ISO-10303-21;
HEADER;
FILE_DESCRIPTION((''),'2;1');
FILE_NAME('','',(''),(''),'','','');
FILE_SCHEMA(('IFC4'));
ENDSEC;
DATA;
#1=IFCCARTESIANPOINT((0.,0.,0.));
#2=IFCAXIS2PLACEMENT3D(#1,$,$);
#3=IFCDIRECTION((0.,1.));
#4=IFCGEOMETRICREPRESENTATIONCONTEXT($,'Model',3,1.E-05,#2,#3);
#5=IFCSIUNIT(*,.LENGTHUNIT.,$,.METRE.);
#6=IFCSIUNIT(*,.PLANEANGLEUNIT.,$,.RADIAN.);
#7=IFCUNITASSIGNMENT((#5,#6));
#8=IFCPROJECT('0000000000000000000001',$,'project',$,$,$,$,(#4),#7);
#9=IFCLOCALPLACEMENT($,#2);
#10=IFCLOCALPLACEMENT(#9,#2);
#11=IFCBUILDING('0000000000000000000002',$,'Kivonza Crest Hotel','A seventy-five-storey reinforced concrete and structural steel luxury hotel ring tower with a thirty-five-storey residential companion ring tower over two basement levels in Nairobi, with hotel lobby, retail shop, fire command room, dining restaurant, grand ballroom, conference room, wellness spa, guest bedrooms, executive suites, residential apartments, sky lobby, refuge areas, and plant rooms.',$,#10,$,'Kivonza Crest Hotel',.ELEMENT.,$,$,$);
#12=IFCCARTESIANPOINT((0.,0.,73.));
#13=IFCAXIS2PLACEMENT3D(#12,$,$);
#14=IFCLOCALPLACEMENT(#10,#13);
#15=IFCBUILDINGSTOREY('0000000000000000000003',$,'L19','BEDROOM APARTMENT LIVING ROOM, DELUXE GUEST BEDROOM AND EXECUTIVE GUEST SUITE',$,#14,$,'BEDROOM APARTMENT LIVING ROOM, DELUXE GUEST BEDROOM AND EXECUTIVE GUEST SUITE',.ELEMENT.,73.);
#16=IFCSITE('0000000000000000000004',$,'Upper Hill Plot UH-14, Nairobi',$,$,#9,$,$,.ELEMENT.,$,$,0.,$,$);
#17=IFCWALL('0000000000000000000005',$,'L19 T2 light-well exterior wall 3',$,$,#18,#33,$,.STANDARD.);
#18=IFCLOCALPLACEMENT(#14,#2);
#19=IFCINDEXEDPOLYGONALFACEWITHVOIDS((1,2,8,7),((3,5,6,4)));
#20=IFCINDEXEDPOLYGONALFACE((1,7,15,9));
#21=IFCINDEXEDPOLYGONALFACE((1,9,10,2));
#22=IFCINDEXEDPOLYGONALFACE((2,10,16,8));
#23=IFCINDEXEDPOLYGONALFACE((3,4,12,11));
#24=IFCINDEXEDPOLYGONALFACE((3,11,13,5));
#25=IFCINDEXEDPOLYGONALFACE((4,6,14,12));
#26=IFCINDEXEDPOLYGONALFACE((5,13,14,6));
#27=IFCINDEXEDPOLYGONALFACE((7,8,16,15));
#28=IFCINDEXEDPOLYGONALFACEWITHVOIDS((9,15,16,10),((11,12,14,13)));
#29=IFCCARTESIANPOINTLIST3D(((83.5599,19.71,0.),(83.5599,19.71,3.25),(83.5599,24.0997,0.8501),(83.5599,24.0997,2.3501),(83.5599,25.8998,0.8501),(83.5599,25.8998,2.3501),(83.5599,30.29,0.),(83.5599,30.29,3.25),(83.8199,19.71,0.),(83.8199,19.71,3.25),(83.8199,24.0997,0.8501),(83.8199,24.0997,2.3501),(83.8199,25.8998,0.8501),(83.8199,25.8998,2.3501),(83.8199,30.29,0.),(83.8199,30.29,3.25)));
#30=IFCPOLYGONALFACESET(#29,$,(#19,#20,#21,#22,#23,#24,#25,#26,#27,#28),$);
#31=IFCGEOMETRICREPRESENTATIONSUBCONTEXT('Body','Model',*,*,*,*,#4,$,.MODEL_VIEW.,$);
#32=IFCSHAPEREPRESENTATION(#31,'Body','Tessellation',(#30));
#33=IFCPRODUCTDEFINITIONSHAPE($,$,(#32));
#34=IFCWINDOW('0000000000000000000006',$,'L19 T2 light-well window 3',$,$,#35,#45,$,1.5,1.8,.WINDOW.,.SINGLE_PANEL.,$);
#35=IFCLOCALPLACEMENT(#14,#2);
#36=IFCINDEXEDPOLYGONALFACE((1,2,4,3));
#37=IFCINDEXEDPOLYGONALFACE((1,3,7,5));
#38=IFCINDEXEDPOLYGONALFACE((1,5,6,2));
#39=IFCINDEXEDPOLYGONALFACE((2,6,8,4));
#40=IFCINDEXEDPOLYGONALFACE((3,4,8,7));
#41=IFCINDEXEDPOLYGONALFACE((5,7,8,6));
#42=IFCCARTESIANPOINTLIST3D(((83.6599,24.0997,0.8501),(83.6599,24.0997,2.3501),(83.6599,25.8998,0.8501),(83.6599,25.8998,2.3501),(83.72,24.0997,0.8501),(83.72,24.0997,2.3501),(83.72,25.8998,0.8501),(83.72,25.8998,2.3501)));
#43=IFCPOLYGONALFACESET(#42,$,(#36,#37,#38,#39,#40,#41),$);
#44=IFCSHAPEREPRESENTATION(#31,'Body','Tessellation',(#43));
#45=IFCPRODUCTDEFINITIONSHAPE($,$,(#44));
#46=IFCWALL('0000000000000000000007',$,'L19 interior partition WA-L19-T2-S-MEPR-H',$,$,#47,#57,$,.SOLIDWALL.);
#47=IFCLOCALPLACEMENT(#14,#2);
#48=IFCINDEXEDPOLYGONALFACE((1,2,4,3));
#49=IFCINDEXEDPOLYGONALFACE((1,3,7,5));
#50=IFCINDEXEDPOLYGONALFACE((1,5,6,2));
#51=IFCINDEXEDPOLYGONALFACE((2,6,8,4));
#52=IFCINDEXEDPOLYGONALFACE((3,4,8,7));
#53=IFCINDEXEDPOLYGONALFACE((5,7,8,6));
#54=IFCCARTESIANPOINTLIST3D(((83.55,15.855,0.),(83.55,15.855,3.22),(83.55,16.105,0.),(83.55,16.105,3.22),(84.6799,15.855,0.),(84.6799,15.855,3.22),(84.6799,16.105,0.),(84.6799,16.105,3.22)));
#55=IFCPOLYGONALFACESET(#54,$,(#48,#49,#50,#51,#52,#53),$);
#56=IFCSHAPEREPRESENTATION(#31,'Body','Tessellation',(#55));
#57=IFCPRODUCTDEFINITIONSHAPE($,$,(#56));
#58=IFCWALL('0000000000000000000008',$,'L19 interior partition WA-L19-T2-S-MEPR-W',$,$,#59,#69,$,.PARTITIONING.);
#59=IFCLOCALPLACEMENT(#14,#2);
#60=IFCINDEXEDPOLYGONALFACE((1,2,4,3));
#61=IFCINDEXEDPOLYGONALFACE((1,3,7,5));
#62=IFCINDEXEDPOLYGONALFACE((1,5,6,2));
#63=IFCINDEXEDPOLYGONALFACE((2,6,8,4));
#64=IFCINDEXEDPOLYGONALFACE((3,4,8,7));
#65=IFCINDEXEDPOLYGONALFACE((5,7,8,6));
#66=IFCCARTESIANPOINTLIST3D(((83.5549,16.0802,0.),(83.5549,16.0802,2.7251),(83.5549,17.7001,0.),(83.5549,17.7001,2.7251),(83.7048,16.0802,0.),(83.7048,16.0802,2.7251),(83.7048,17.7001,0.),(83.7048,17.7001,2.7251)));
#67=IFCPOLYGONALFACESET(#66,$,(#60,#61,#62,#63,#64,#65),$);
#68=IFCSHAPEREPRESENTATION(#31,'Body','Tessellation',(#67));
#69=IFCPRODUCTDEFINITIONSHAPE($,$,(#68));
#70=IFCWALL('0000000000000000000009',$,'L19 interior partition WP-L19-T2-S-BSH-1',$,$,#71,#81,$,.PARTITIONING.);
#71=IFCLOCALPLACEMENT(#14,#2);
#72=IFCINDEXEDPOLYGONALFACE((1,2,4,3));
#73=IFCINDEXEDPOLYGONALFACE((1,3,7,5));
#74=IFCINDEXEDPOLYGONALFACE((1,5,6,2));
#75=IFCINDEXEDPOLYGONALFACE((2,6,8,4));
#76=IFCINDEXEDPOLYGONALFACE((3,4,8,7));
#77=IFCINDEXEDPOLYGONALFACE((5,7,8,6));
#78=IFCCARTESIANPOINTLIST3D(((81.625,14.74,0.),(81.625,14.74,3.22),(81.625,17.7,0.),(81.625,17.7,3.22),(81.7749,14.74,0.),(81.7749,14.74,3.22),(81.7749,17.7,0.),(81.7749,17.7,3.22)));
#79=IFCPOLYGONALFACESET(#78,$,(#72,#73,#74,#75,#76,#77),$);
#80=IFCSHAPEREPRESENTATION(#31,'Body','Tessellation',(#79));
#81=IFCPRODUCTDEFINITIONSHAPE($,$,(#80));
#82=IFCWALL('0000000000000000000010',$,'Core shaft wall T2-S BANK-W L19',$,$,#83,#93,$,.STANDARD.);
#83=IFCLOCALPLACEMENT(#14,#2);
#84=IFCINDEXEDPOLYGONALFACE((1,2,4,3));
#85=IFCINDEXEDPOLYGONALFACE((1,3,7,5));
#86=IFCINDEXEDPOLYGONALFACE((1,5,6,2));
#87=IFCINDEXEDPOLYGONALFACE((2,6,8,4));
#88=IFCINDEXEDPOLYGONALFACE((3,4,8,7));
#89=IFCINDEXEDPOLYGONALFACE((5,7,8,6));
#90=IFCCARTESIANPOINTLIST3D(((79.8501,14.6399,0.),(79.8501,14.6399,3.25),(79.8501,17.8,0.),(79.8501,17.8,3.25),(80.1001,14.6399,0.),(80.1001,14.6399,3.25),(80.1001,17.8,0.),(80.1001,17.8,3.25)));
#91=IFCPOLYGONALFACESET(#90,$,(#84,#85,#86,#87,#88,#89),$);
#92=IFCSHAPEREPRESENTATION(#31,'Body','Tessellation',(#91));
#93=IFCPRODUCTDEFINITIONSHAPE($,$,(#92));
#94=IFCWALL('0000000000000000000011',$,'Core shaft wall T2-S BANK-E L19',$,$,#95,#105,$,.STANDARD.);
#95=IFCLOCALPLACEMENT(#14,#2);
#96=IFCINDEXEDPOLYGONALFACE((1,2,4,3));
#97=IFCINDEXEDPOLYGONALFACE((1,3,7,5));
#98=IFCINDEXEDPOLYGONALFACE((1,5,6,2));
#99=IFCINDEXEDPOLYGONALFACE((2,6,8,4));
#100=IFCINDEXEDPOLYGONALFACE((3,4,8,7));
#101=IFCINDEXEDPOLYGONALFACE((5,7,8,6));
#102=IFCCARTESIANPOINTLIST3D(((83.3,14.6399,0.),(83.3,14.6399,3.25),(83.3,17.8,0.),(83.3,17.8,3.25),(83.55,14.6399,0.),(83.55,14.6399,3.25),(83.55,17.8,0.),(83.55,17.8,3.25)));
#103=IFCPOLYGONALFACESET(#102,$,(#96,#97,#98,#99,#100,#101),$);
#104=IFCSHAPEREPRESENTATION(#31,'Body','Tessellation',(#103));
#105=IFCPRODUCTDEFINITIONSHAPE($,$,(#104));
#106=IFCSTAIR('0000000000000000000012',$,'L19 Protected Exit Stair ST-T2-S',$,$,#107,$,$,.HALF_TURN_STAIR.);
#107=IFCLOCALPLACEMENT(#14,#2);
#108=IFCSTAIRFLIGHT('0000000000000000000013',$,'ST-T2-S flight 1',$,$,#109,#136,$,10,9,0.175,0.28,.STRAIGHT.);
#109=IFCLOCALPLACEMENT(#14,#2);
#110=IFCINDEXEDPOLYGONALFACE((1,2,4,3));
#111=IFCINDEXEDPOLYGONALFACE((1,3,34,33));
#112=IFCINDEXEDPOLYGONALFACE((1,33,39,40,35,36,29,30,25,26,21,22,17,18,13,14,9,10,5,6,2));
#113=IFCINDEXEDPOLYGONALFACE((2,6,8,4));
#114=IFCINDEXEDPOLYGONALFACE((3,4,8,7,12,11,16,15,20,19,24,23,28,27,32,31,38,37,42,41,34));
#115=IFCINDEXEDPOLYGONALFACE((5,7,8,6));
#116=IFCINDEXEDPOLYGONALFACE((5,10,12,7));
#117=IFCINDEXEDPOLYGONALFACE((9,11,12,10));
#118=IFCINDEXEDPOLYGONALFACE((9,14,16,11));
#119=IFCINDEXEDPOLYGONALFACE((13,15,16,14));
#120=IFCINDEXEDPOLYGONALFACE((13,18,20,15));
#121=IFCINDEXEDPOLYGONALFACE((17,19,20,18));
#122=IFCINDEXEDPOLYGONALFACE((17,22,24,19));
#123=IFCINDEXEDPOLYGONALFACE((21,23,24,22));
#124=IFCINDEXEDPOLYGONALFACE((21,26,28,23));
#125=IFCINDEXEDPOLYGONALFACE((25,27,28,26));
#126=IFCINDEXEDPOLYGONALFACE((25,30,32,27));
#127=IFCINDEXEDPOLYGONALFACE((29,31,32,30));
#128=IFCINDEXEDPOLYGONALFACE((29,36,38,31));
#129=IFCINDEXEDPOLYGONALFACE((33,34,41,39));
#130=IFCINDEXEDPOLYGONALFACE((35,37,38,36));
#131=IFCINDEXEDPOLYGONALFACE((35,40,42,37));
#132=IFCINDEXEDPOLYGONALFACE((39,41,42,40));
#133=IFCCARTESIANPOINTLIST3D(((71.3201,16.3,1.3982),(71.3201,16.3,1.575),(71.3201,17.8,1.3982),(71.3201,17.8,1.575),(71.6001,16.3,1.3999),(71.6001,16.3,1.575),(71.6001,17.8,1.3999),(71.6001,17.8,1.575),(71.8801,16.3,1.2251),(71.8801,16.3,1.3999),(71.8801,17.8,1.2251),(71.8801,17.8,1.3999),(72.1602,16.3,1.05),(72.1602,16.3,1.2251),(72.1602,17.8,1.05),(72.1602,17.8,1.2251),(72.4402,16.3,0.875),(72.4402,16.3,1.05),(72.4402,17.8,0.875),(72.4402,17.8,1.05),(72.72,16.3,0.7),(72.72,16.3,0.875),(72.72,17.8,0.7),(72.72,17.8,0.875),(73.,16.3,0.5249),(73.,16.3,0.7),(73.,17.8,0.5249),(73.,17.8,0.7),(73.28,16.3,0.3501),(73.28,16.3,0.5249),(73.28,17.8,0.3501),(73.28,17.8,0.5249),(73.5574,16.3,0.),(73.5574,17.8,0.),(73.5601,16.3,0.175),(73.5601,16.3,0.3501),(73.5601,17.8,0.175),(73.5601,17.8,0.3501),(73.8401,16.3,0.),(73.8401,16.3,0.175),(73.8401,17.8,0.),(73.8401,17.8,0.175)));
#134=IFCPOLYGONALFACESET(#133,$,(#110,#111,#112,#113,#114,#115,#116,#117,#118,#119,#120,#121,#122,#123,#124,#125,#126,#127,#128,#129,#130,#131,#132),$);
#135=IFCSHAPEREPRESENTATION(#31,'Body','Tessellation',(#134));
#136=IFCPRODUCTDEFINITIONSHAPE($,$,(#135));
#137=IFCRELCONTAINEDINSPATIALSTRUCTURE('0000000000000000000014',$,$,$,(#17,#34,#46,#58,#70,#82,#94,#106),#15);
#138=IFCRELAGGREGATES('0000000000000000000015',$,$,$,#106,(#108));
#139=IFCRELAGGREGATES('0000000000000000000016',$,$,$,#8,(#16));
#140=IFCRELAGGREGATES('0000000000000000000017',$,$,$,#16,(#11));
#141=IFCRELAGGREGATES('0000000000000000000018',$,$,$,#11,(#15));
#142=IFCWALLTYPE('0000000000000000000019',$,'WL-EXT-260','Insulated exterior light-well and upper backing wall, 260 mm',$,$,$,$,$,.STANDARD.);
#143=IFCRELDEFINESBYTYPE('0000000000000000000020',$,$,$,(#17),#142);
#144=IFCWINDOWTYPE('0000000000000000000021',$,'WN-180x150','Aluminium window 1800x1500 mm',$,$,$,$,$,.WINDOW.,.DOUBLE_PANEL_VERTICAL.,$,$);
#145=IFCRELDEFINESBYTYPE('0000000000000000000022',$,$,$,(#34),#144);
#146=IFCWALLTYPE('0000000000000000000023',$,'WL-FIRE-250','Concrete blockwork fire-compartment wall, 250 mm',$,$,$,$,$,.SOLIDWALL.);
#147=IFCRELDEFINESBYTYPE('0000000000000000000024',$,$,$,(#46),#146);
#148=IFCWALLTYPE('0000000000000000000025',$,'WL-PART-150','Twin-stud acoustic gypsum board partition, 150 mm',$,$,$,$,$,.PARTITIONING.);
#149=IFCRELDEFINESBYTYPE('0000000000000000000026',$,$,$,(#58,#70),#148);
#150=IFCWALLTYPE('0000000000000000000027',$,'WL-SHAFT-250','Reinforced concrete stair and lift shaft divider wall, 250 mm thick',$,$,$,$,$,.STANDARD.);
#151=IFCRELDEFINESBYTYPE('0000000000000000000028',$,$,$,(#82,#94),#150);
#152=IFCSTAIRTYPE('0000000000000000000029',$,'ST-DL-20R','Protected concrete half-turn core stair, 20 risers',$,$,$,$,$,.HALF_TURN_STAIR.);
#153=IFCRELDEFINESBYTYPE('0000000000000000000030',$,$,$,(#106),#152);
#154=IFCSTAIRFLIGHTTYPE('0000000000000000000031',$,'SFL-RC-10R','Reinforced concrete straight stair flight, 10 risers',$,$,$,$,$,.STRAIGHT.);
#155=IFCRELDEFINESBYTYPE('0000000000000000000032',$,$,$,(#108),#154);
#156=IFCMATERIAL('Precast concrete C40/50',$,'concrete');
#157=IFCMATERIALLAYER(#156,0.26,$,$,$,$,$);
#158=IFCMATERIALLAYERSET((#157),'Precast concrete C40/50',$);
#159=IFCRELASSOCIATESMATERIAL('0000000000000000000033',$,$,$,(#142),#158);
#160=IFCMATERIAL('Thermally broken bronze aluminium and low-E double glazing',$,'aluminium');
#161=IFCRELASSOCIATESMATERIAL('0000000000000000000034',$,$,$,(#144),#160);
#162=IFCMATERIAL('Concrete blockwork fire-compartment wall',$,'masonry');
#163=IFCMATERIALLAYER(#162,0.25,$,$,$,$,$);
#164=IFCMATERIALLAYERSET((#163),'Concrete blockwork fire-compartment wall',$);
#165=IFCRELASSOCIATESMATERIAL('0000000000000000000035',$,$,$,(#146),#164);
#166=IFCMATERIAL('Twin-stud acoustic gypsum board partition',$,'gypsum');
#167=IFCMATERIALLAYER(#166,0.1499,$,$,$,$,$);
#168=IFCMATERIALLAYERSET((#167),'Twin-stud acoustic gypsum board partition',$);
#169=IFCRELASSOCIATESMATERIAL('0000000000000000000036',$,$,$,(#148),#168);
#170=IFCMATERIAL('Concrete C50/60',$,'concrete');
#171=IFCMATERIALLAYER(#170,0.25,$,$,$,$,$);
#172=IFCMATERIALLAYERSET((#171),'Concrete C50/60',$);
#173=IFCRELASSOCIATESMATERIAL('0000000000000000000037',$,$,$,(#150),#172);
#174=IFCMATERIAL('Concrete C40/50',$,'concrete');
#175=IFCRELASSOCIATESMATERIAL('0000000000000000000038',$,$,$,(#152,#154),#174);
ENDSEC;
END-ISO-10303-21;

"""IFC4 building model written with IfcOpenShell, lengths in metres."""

from ifc_helpers import new_model, si_unit, direction, frame, frame_2d, origin, place, context, subcontext, project, spatial, polyline, rectangle, outline, extrude, material, layer, layer_set, type_object, element, fill, aggregate, save


model = new_model("IFC4")

# Units and contexts
model_context = context("Model", 3, precision=1e-05, world=origin(), true_north=direction((0.0, 1.0)))
body_context = subcontext(model_context, "Body", "Model", "MODEL_VIEW")
ifc_project = project(units=[si_unit("LENGTHUNIT", "METRE"), si_unit("PLANEANGLEUNIT", "RADIAN")], contexts=[model_context])

# Site, building, storey
site_placement = place(None, origin())
site = spatial("IfcSite", under=ifc_project, at=site_placement, Name="Upper Hill Plot UH-14, Nairobi", CompositionType="ELEMENT", RefElevation=0.0)
building_placement = place(site_placement, origin())
building = spatial("IfcBuilding", under=site, at=building_placement, Name="Kivonza Crest Hotel", Description="A seventy-five-storey reinforced concrete and structural steel luxury hotel ring tower with a thirty-five-storey residential companion ring tower over two basement levels in Nairobi, with hotel lobby, retail shop, fire command room, dining restaurant, grand ballroom, conference room, wellness spa, guest bedrooms, executive suites, residential apartments, sky lobby, refuge areas, and plant rooms.", LongName="Kivonza Crest Hotel", CompositionType="ELEMENT")
storey_placement = place(building_placement, frame((0.0, 0.0, 73.0)))
storey = spatial("IfcBuildingStorey", under=building, at=storey_placement, Name="L19", Description="BEDROOM APARTMENT LIVING ROOM, DELUXE GUEST BEDROOM AND EXECUTIVE GUEST SUITE", LongName="BEDROOM APARTMENT LIVING ROOM, DELUXE GUEST BEDROOM AND EXECUTIVE GUEST SUITE", CompositionType="ELEMENT", Elevation=73.0)

# Shared definitions
ifc_material_1 = material(Name="Concrete C50/60", Category="concrete")

# Shared definitions
ifc_material_2 = material(Name="Precast concrete C40/50", Category="concrete")
ifc_layer_1 = layer(ifc_material_2, 0.26)
ifc_layer_set_1 = layer_set([ifc_layer_1], Name="Precast concrete C40/50")
wall_type_1 = type_object("IfcWallType", Name="WL-EXT-260", Description="Insulated exterior light-well and upper backing wall, 260 mm", PredefinedType="STANDARD", material=ifc_layer_set_1)

# Wall, opening, window
wall_1_placement = place(storey_placement, frame((83.6899, 19.71, 0.0), z_axis=(0.0, 0.0, 1.0), x_axis=(0.0, 1.0, 0.0)))
wall_1 = element("IfcWall", 1, at=wall_1_placement, inside=storey, type_object=wall_type_1, Name="L19 T2 light-well exterior wall 3", PredefinedType="STANDARD", context=body_context, shape_type="SweptSolid", body=[
    extrude(rectangle(XDim=10.5801, YDim=0.26, at=frame_2d((5.29, 0.0))), origin(), (0.0, 0.0, 1.0), 3.25),
])
opening_1_placement = place(wall_1_placement, frame((4.3899, 0.0, 0.8501)))
opening_1 = element("IfcOpeningElement", 2, at=opening_1_placement, cuts=wall_1, PredefinedType="OPENING", context=body_context, shape_type="SweptSolid", body=[
    extrude(rectangle(XDim=1.8, YDim=1.5, at=frame_2d((0.8999, 0.75))), frame((0.0, 0.1401, 0.0), z_axis=(0.0, -1.0, 0.0), x_axis=(1.0, 0.0, 0.0)), (0.0, 0.0, 1.0), 0.28),
])
ifc_material_3 = material(Name="Thermally broken bronze aluminium and low-E double glazing", Category="aluminium")
window_type = type_object("IfcWindowType", Name="WN-180x150", Description="Aluminium window 1800x1500 mm", PartitioningType="DOUBLE_PANEL_VERTICAL", PredefinedType="WINDOW", material=ifc_material_3)
window_placement = place(opening_1_placement, origin())
window = element("IfcWindow", 3, at=window_placement, inside=storey, type_object=window_type, Name="L19 T2 light-well window 3", OverallHeight=1.5, OverallWidth=1.8, PartitioningType="SINGLE_PANEL", PredefinedType="WINDOW", context=body_context, shape_type="SweptSolid", body=[
    extrude(rectangle(XDim=1.8, YDim=1.5, at=frame_2d((0.8999, 0.75))), frame((0.0, 0.03, 0.0), z_axis=(0.0, -1.0, 0.0), x_axis=(1.0, 0.0, 0.0)), (0.0, 0.0, 1.0), 0.0601),
])
fill(opening_1, window)

# Walls
ifc_material_4 = material(Name="Concrete blockwork fire-compartment wall", Category="masonry")
ifc_layer_2 = layer(ifc_material_4, 0.25)
ifc_layer_set_2 = layer_set([ifc_layer_2], Name="Concrete blockwork fire-compartment wall")
wall_type_2 = type_object("IfcWallType", Name="WL-FIRE-250", Description="Concrete blockwork fire-compartment wall, 250 mm", PredefinedType="SOLIDWALL", material=ifc_layer_set_2)
wall_2_placement = place(storey_placement, frame((83.55, 15.98, 0.0), z_axis=(0.0, 0.0, 1.0), x_axis=(1.0, 0.0, 0.0)))
element("IfcWall", 4, at=wall_2_placement, inside=storey, type_object=wall_type_2, Name="L19 interior partition WA-L19-T2-S-MEPR-H", PredefinedType="SOLIDWALL", context=body_context, shape_type="SweptSolid", body=[
    extrude(rectangle(XDim=1.1299, YDim=0.25, at=frame_2d((0.5649, 0.0))), origin(), (0.0, 0.0, 1.0), 3.22),
])
ifc_material_5 = material(Name="Twin-stud acoustic gypsum board partition", Category="gypsum")
ifc_layer_3 = layer(ifc_material_5, 0.1499)
ifc_layer_set_3 = layer_set([ifc_layer_3], Name="Twin-stud acoustic gypsum board partition")
wall_type_3 = type_object("IfcWallType", Name="WL-PART-150", Description="Twin-stud acoustic gypsum board partition, 150 mm", PredefinedType="PARTITIONING", material=ifc_layer_set_3)
wall_3_placement = place(storey_placement, frame((83.6299, 16.0801, 0.0), z_axis=(0.0, 0.0, 1.0), x_axis=(0.0, 1.0, 0.0)))
element("IfcWall", 5, at=wall_3_placement, inside=storey, type_object=wall_type_3, Name="L19 interior partition WA-L19-T2-S-MEPR-W", PredefinedType="PARTITIONING", context=body_context, shape_type="SweptSolid", body=[
    extrude(rectangle(XDim=1.6199, YDim=0.1499, at=frame_2d((0.8101, 0.0))), origin(), (0.0, 0.0, 1.0), 2.7251),
])
wall_4_placement = place(storey_placement, frame((81.7, 14.74, 0.0), z_axis=(0.0, 0.0, 1.0), x_axis=(0.0, 1.0, 0.0)))
element("IfcWall", 6, at=wall_4_placement, inside=storey, type_object=wall_type_3, Name="L19 interior partition WP-L19-T2-S-BSH-1", PredefinedType="PARTITIONING", context=body_context, shape_type="SweptSolid", body=[
    extrude(rectangle(XDim=2.96, YDim=0.1499, at=frame_2d((1.48, 0.0))), origin(), (0.0, 0.0, 1.0), 3.22),
])

# Shared definitions
ifc_layer_4 = layer(ifc_material_1, 0.25)
ifc_layer_set_4 = layer_set([ifc_layer_4], Name="Concrete C50/60")
wall_type_4 = type_object("IfcWallType", Name="WL-SHAFT-250", Description="Reinforced concrete stair and lift shaft divider wall, 250 mm thick", PredefinedType="STANDARD", material=ifc_layer_set_4)

# Walls
for number, where, z_axis, x_axis, name in (
    (7, (79.9751, 14.6399, 0.0), (0.0, 0.0, 1.0), (0.0, 1.0, 0.0), "Core shaft wall T2-S BANK-W L19"),
    (8, (83.425, 14.6399, 0.0), (0.0, 0.0, 1.0), (0.0, 1.0, 0.0), "Core shaft wall T2-S BANK-E L19"),
):
    element("IfcWall", number, at=place(storey_placement, frame(where, z_axis=z_axis, x_axis=x_axis)), inside=storey, type_object=wall_type_4, Name=name, PredefinedType="STANDARD", context=body_context, shape_type="SweptSolid", body=[
        extrude(rectangle(XDim=3.1602, YDim=0.25, at=frame_2d((1.5801, 0.0))), origin(), (0.0, 0.0, 1.0), 3.25),
    ])

# Stair, stair flight
ifc_material_6 = material(Name="Concrete C40/50", Category="concrete")
stair_type = type_object("IfcStairType", Name="ST-DL-20R", Description="Protected concrete half-turn core stair, 20 risers", PredefinedType="HALF_TURN_STAIR", material=ifc_material_6)
stair_placement = place(storey_placement, origin())
stair = element("IfcStair", 9, at=stair_placement, inside=storey, type_object=stair_type, Name="L19 Protected Exit Stair ST-T2-S", PredefinedType="HALF_TURN_STAIR")
stair_flight_type = type_object("IfcStairFlightType", Name="SFL-RC-10R", Description="Reinforced concrete straight stair flight, 10 risers", PredefinedType="STRAIGHT", material=ifc_material_6)
stair_flight_placement = place(storey_placement, frame((73.8401, 17.05, 0.0), z_axis=(0.0, 0.0, 1.0), x_axis=(-1.0, 0.0, 0.0)))
stair_flight = element("IfcStairFlight", 10, at=stair_flight_placement, type_object=stair_flight_type, Name="ST-T2-S flight 1", NumberOfRisers=10, NumberOfTreads=9, PredefinedType="STRAIGHT", RiserHeight=0.175, TreadLength=0.28, context=body_context, shape_type="SweptSolid", body=[
    extrude(outline(polyline([(0.0, 0.0), (0.0, 0.175), (0.28, 0.175), (0.28, 0.3501), (0.5601, 0.3501), (0.5601, 0.5249), (0.8401, 0.5249), (0.8401, 0.7), (1.1201, 0.7), (1.1201, 0.875), (1.3999, 0.875), (1.3999, 1.05), (1.6799, 1.05), (1.6799, 1.2251), (1.96, 1.2251), (1.96, 1.3999), (2.24, 1.3999), (2.24, 1.575), (2.52, 1.575), (2.52, 1.75), (2.52, 1.3982), (0.2827, 0.0), (0.0, 0.0)])), frame((0.0, 0.75, 0.0), z_axis=(0.0, -1.0, 0.0), x_axis=(1.0, 0.0, 0.0)), (0.0, 0.0, 1.0), 1.5),
])
aggregate(stair, [stair_flight])

save(model, "model.ifc")
